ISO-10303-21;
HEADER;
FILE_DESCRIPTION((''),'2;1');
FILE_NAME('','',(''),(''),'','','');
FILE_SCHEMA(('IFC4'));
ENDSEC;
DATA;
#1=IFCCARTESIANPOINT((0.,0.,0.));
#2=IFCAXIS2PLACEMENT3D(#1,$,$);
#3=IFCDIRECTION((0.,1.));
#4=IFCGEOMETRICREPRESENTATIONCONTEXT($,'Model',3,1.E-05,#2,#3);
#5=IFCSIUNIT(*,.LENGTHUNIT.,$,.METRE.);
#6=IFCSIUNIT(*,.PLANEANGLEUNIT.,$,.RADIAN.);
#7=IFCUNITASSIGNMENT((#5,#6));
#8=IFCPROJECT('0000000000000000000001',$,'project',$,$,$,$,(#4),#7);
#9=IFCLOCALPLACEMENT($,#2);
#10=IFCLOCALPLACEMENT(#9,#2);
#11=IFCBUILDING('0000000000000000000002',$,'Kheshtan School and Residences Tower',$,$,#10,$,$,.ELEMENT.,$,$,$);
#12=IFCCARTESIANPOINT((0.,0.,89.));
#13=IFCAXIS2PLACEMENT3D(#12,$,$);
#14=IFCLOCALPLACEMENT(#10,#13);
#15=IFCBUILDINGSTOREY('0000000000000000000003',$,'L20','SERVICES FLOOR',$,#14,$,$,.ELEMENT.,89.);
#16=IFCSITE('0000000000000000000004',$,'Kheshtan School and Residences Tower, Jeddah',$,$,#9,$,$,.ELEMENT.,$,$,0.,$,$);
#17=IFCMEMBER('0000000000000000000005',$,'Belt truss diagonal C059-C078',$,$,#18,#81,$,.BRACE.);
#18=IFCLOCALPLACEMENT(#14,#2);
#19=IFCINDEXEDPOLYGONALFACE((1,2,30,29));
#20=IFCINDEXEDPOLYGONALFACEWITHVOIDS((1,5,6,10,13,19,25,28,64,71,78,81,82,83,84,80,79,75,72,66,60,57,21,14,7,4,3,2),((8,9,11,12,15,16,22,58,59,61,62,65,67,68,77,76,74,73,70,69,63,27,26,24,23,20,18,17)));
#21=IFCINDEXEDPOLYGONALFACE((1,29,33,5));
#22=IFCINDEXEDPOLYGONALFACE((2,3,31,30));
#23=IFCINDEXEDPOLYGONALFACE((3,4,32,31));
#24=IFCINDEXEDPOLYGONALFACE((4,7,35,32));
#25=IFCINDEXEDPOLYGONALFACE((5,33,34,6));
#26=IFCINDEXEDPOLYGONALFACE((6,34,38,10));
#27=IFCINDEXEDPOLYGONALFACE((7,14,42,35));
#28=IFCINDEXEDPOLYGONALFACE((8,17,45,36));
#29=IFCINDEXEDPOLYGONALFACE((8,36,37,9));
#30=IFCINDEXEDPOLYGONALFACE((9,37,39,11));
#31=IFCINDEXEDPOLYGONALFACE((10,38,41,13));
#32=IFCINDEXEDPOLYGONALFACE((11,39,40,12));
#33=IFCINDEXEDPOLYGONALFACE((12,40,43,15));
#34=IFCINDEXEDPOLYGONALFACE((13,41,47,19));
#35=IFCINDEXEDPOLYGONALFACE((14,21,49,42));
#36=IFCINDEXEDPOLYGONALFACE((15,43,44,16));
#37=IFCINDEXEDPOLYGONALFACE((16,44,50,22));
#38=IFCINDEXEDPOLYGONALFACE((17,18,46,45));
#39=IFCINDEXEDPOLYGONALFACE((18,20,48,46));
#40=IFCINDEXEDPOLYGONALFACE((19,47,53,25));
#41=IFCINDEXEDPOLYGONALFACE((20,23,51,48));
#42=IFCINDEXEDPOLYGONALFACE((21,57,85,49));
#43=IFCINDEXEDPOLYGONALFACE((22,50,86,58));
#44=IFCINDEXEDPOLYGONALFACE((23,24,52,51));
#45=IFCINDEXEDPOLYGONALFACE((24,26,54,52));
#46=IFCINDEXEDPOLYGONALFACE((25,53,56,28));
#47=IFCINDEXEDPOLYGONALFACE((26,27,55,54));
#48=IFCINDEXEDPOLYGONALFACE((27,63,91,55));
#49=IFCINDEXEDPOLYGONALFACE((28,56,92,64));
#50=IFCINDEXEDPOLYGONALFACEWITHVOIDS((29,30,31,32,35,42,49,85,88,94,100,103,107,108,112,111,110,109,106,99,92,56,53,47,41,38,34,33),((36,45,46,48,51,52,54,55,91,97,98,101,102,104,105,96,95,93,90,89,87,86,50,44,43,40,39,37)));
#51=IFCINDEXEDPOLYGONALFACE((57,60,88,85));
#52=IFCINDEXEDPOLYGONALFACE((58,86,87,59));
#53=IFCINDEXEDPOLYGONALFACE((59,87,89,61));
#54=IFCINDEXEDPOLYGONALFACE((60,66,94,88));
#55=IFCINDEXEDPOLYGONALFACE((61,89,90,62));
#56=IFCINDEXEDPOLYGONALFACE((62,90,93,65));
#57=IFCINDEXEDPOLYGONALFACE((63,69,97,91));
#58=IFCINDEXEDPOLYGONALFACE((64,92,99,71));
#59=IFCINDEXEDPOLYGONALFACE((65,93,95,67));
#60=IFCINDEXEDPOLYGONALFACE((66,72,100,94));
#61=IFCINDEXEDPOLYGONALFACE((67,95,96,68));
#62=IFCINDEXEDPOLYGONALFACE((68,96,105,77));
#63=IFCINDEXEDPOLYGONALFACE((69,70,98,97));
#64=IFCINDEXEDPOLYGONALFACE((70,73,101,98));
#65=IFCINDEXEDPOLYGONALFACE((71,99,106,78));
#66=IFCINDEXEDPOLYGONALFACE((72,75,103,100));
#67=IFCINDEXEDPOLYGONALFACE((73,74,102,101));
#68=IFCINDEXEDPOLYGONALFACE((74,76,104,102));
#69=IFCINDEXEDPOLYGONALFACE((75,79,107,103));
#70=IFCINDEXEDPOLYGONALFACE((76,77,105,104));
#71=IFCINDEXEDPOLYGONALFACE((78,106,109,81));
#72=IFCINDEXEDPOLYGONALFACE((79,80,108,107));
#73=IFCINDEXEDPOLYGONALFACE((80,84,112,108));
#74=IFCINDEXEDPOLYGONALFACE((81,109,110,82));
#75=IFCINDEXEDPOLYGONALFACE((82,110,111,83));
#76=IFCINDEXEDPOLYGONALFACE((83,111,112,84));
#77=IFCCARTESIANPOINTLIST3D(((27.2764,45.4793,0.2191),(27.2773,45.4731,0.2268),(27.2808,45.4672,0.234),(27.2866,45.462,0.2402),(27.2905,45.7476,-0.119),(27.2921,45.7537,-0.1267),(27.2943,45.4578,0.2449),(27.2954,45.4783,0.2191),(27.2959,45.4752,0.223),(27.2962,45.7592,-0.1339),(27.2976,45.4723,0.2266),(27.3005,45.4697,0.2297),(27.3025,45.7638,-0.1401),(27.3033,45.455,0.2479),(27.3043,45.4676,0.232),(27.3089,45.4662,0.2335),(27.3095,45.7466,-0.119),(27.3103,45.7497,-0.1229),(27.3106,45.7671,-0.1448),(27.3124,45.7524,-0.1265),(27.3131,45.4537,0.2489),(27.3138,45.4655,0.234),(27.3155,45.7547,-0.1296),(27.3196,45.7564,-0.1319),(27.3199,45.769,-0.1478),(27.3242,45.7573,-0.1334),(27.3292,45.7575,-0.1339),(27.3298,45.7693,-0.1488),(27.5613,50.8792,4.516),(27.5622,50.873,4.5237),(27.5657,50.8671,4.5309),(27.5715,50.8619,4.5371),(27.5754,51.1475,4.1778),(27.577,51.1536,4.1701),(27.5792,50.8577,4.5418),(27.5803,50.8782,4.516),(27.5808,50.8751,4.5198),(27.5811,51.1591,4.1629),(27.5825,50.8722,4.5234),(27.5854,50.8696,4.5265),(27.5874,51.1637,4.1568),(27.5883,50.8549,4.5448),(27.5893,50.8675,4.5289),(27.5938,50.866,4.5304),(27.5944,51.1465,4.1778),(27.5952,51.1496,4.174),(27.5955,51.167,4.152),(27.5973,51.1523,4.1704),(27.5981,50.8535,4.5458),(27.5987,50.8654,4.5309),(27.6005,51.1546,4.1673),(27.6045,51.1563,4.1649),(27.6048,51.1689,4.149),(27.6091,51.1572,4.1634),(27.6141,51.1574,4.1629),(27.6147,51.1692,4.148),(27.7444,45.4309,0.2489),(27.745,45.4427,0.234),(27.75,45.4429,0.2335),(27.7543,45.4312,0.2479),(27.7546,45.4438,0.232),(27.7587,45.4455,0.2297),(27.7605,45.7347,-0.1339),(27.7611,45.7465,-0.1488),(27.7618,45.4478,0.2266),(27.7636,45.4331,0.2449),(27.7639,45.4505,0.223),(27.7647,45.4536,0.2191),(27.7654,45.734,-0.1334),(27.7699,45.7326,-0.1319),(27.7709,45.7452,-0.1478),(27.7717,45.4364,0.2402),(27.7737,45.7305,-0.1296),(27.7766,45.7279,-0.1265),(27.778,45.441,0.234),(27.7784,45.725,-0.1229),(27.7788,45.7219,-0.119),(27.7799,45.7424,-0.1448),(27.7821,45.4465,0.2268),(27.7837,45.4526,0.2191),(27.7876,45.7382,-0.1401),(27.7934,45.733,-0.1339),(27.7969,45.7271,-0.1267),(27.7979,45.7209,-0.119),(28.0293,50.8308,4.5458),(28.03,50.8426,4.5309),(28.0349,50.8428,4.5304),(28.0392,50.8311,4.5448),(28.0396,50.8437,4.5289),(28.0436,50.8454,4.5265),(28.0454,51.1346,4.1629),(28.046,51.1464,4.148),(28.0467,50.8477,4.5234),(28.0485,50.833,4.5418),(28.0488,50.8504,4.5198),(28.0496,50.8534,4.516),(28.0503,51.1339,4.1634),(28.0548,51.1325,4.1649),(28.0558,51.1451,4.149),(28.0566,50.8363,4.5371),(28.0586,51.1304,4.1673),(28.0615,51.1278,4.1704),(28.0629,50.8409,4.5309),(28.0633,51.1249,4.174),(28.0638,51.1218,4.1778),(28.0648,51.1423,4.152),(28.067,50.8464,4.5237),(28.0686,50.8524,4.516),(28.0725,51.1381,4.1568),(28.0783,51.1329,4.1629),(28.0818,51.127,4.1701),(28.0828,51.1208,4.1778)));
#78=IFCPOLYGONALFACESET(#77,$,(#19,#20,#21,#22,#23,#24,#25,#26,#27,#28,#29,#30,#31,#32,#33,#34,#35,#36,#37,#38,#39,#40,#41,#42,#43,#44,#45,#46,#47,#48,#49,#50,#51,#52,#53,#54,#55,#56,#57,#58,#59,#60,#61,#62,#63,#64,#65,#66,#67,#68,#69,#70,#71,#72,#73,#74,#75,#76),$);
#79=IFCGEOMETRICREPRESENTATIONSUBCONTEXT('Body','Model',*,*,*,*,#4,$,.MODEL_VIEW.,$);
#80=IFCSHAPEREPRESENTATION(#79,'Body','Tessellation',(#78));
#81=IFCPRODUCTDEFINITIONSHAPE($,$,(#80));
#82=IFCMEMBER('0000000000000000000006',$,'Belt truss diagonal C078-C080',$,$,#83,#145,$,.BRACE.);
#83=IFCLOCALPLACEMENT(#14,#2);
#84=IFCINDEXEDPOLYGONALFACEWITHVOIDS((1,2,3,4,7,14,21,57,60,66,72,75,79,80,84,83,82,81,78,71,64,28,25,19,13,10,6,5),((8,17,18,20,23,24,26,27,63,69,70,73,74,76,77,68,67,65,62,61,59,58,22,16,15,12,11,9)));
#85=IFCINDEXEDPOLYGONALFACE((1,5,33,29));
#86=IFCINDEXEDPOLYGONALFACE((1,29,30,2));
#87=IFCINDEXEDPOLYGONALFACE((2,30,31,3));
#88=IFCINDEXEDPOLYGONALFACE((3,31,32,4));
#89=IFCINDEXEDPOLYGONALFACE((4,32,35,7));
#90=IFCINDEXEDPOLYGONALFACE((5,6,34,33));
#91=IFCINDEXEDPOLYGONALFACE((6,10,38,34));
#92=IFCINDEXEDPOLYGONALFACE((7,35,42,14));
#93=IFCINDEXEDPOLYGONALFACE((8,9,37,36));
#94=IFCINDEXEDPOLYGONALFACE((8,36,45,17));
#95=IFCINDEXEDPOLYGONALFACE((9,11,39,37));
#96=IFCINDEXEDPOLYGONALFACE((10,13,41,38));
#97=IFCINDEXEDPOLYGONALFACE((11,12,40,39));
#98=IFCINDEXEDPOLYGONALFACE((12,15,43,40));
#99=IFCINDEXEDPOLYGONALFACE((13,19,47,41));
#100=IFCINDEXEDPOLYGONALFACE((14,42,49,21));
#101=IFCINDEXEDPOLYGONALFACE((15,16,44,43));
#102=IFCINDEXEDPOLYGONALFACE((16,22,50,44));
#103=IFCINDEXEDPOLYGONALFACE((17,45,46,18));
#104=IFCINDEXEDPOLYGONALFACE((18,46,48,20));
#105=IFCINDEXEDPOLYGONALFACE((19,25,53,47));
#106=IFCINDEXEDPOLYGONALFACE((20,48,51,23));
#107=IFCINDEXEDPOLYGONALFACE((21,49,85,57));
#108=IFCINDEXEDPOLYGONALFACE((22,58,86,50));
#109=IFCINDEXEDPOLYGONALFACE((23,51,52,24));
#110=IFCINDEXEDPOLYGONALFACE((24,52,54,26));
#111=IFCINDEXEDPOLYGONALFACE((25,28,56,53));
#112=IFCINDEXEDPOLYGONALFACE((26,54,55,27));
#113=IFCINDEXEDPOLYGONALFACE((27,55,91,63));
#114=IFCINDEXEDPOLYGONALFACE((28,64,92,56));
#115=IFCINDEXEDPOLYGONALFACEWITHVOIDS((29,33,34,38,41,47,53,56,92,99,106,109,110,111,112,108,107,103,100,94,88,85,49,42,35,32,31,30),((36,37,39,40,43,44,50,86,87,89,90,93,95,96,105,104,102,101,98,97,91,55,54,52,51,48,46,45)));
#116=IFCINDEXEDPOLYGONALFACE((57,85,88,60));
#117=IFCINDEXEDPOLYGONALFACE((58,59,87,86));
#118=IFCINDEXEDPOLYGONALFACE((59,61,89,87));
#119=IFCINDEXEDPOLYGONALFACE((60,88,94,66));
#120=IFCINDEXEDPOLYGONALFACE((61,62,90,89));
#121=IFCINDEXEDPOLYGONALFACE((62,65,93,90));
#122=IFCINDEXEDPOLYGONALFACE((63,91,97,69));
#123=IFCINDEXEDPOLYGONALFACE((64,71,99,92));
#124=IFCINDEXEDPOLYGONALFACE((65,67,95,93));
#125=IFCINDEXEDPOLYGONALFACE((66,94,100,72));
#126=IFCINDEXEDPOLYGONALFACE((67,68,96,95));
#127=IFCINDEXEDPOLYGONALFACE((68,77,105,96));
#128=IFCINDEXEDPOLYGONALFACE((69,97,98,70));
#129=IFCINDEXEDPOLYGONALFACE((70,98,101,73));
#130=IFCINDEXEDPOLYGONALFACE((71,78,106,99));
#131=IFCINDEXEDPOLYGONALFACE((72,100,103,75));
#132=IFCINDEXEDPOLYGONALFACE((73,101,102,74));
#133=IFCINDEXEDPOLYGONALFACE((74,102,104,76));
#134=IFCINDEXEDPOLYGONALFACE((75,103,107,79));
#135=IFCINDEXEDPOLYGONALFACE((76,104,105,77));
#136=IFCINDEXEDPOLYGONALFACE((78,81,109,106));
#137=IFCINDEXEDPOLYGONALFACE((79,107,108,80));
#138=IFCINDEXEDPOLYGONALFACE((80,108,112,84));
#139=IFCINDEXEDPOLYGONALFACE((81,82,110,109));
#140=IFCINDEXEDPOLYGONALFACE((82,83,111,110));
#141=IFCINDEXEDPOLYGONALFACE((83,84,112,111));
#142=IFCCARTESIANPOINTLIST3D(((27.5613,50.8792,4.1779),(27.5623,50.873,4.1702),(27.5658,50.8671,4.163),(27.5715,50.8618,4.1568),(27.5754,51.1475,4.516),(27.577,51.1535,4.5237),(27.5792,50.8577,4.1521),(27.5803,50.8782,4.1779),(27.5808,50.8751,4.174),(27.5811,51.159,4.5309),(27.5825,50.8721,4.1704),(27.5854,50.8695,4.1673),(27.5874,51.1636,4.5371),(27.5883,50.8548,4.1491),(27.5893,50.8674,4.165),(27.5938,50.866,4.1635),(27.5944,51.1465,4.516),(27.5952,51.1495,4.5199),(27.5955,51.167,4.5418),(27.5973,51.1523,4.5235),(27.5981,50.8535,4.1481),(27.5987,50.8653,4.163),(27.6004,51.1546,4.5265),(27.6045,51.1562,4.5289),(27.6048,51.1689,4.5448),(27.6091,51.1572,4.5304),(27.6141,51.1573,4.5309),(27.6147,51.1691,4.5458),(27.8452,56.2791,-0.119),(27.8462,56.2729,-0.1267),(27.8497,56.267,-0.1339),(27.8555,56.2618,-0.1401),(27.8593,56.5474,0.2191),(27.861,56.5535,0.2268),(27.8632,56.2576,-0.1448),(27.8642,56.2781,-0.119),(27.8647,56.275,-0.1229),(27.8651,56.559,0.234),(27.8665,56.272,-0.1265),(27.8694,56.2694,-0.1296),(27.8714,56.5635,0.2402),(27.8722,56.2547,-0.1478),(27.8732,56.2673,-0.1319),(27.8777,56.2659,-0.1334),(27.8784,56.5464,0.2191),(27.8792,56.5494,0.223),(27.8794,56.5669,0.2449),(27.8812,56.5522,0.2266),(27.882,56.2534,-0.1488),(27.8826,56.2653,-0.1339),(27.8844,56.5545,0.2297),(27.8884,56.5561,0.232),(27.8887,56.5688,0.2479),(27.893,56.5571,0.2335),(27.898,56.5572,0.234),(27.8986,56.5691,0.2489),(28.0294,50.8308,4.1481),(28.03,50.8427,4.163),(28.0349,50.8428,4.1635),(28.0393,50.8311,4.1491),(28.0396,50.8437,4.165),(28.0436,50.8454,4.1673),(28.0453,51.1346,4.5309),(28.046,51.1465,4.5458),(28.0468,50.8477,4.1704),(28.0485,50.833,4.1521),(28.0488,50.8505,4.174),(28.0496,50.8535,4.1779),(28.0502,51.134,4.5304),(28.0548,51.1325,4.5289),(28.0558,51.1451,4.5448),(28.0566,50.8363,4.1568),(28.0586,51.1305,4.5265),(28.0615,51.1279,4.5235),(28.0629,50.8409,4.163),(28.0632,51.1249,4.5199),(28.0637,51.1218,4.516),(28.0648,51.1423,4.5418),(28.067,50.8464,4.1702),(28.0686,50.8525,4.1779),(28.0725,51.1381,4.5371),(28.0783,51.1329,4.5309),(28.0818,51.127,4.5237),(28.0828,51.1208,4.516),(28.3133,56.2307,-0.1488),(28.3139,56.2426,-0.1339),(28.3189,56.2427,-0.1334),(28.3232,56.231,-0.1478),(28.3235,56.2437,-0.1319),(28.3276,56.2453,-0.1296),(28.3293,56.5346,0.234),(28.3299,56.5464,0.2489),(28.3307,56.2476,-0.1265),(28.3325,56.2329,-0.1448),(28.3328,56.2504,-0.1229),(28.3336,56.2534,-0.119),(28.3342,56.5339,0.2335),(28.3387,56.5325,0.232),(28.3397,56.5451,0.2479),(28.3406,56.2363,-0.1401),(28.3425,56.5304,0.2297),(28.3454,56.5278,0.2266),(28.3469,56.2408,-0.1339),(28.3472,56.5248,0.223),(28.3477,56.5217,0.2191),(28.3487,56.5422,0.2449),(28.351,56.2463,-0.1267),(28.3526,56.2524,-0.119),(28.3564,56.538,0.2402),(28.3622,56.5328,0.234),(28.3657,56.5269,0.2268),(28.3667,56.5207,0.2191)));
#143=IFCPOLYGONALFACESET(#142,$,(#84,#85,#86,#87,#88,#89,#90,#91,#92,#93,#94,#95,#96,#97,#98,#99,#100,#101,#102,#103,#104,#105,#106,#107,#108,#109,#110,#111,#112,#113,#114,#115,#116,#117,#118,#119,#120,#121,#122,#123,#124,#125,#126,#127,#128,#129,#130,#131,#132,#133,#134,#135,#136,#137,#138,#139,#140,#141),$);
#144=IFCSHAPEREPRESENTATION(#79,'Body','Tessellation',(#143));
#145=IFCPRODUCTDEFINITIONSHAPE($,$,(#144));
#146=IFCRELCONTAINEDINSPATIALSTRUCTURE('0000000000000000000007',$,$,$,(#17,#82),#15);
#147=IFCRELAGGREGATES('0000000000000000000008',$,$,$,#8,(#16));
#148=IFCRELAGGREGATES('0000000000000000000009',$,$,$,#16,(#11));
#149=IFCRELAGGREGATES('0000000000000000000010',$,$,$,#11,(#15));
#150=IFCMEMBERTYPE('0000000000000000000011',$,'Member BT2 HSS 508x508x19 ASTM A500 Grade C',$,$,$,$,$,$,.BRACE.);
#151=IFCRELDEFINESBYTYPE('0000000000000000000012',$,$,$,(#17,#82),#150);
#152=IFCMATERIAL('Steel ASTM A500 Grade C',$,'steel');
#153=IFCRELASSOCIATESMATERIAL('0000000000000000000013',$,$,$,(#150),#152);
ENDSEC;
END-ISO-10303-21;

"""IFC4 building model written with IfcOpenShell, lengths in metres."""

from ifc_helpers import new_model, si_unit, direction, frame, origin, origin_2d, place, context, subcontext, project, spatial, hollow_rectangle, extrude, material, material_profile, profile_set, type_object, element, save


model = new_model("IFC4")

# Units and contexts
model_context = context("Model", 3, precision=1e-05, world=origin(), true_north=direction((0.0, 1.0)))
body_context = subcontext(model_context, "Body", "Model", "MODEL_VIEW")
ifc_project = project(units=[si_unit("LENGTHUNIT", "METRE"), si_unit("PLANEANGLEUNIT", "RADIAN")], contexts=[model_context])

# Site, building, storey
site_placement = place(None, origin())
site = spatial("IfcSite", under=ifc_project, at=site_placement, Name="Kheshtan School and Residences Tower, Jeddah", CompositionType="ELEMENT", RefElevation=0.0)
building_placement = place(site_placement, origin())
building = spatial("IfcBuilding", under=site, at=building_placement, Name="Kheshtan School and Residences Tower", CompositionType="ELEMENT")
storey_placement = place(building_placement, frame((0.0, 0.0, 89.0)))
storey = spatial("IfcBuildingStorey", under=building, at=storey_placement, Name="L20", Description="SERVICES FLOOR", CompositionType="ELEMENT", Elevation=89.0)

# Members
ifc_material_1 = material(Name="Steel ASTM A500 Grade C", Category="steel")
ifc_material_profile_1 = material_profile(ifc_material_1, hollow_rectangle(XDim=0.5081, YDim=0.5081, WallThickness=0.019, InnerFilletRadius=0.019, OuterFilletRadius=0.0381, at=origin_2d()), Name="HSS 508x508x19")
ifc_profile_set_1 = profile_set([ifc_material_profile_1], Name="Steel ASTM A500 Grade C")
member_type = type_object("IfcMemberType", Name="Member BT2 HSS 508x508x19 ASTM A500 Grade C", PredefinedType="BRACE", material=ifc_profile_set_1)
for number, where, z_axis, x_axis, name in (
    (1, (27.5371, 45.6001, 0.05), (0.041251, 0.781829, 0.622127), (-0.998611, 0.052689, 0.0), "Belt truss diagonal C059-C078"),
    (2, (28.106, 56.3999, 0.05), (-0.04111, -0.781834, 0.62213), (0.99862, -0.052509, 0.0), "Belt truss diagonal C078-C080"),
):
    element("IfcMember", number, at=place(storey_placement, frame(where, z_axis=z_axis, x_axis=x_axis)), inside=storey, type_object=member_type, Name=name, PredefinedType="BRACE", context=body_context, shape_type="SweptSolid", body=[
        extrude(hollow_rectangle(XDim=0.5081, YDim=0.5081, WallThickness=0.019, InnerFilletRadius=0.019, OuterFilletRadius=0.0381, at=origin_2d()), origin(), (0.0, 0.0, 1.0), 6.9067),
    ])

save(model, "model.ifc")
